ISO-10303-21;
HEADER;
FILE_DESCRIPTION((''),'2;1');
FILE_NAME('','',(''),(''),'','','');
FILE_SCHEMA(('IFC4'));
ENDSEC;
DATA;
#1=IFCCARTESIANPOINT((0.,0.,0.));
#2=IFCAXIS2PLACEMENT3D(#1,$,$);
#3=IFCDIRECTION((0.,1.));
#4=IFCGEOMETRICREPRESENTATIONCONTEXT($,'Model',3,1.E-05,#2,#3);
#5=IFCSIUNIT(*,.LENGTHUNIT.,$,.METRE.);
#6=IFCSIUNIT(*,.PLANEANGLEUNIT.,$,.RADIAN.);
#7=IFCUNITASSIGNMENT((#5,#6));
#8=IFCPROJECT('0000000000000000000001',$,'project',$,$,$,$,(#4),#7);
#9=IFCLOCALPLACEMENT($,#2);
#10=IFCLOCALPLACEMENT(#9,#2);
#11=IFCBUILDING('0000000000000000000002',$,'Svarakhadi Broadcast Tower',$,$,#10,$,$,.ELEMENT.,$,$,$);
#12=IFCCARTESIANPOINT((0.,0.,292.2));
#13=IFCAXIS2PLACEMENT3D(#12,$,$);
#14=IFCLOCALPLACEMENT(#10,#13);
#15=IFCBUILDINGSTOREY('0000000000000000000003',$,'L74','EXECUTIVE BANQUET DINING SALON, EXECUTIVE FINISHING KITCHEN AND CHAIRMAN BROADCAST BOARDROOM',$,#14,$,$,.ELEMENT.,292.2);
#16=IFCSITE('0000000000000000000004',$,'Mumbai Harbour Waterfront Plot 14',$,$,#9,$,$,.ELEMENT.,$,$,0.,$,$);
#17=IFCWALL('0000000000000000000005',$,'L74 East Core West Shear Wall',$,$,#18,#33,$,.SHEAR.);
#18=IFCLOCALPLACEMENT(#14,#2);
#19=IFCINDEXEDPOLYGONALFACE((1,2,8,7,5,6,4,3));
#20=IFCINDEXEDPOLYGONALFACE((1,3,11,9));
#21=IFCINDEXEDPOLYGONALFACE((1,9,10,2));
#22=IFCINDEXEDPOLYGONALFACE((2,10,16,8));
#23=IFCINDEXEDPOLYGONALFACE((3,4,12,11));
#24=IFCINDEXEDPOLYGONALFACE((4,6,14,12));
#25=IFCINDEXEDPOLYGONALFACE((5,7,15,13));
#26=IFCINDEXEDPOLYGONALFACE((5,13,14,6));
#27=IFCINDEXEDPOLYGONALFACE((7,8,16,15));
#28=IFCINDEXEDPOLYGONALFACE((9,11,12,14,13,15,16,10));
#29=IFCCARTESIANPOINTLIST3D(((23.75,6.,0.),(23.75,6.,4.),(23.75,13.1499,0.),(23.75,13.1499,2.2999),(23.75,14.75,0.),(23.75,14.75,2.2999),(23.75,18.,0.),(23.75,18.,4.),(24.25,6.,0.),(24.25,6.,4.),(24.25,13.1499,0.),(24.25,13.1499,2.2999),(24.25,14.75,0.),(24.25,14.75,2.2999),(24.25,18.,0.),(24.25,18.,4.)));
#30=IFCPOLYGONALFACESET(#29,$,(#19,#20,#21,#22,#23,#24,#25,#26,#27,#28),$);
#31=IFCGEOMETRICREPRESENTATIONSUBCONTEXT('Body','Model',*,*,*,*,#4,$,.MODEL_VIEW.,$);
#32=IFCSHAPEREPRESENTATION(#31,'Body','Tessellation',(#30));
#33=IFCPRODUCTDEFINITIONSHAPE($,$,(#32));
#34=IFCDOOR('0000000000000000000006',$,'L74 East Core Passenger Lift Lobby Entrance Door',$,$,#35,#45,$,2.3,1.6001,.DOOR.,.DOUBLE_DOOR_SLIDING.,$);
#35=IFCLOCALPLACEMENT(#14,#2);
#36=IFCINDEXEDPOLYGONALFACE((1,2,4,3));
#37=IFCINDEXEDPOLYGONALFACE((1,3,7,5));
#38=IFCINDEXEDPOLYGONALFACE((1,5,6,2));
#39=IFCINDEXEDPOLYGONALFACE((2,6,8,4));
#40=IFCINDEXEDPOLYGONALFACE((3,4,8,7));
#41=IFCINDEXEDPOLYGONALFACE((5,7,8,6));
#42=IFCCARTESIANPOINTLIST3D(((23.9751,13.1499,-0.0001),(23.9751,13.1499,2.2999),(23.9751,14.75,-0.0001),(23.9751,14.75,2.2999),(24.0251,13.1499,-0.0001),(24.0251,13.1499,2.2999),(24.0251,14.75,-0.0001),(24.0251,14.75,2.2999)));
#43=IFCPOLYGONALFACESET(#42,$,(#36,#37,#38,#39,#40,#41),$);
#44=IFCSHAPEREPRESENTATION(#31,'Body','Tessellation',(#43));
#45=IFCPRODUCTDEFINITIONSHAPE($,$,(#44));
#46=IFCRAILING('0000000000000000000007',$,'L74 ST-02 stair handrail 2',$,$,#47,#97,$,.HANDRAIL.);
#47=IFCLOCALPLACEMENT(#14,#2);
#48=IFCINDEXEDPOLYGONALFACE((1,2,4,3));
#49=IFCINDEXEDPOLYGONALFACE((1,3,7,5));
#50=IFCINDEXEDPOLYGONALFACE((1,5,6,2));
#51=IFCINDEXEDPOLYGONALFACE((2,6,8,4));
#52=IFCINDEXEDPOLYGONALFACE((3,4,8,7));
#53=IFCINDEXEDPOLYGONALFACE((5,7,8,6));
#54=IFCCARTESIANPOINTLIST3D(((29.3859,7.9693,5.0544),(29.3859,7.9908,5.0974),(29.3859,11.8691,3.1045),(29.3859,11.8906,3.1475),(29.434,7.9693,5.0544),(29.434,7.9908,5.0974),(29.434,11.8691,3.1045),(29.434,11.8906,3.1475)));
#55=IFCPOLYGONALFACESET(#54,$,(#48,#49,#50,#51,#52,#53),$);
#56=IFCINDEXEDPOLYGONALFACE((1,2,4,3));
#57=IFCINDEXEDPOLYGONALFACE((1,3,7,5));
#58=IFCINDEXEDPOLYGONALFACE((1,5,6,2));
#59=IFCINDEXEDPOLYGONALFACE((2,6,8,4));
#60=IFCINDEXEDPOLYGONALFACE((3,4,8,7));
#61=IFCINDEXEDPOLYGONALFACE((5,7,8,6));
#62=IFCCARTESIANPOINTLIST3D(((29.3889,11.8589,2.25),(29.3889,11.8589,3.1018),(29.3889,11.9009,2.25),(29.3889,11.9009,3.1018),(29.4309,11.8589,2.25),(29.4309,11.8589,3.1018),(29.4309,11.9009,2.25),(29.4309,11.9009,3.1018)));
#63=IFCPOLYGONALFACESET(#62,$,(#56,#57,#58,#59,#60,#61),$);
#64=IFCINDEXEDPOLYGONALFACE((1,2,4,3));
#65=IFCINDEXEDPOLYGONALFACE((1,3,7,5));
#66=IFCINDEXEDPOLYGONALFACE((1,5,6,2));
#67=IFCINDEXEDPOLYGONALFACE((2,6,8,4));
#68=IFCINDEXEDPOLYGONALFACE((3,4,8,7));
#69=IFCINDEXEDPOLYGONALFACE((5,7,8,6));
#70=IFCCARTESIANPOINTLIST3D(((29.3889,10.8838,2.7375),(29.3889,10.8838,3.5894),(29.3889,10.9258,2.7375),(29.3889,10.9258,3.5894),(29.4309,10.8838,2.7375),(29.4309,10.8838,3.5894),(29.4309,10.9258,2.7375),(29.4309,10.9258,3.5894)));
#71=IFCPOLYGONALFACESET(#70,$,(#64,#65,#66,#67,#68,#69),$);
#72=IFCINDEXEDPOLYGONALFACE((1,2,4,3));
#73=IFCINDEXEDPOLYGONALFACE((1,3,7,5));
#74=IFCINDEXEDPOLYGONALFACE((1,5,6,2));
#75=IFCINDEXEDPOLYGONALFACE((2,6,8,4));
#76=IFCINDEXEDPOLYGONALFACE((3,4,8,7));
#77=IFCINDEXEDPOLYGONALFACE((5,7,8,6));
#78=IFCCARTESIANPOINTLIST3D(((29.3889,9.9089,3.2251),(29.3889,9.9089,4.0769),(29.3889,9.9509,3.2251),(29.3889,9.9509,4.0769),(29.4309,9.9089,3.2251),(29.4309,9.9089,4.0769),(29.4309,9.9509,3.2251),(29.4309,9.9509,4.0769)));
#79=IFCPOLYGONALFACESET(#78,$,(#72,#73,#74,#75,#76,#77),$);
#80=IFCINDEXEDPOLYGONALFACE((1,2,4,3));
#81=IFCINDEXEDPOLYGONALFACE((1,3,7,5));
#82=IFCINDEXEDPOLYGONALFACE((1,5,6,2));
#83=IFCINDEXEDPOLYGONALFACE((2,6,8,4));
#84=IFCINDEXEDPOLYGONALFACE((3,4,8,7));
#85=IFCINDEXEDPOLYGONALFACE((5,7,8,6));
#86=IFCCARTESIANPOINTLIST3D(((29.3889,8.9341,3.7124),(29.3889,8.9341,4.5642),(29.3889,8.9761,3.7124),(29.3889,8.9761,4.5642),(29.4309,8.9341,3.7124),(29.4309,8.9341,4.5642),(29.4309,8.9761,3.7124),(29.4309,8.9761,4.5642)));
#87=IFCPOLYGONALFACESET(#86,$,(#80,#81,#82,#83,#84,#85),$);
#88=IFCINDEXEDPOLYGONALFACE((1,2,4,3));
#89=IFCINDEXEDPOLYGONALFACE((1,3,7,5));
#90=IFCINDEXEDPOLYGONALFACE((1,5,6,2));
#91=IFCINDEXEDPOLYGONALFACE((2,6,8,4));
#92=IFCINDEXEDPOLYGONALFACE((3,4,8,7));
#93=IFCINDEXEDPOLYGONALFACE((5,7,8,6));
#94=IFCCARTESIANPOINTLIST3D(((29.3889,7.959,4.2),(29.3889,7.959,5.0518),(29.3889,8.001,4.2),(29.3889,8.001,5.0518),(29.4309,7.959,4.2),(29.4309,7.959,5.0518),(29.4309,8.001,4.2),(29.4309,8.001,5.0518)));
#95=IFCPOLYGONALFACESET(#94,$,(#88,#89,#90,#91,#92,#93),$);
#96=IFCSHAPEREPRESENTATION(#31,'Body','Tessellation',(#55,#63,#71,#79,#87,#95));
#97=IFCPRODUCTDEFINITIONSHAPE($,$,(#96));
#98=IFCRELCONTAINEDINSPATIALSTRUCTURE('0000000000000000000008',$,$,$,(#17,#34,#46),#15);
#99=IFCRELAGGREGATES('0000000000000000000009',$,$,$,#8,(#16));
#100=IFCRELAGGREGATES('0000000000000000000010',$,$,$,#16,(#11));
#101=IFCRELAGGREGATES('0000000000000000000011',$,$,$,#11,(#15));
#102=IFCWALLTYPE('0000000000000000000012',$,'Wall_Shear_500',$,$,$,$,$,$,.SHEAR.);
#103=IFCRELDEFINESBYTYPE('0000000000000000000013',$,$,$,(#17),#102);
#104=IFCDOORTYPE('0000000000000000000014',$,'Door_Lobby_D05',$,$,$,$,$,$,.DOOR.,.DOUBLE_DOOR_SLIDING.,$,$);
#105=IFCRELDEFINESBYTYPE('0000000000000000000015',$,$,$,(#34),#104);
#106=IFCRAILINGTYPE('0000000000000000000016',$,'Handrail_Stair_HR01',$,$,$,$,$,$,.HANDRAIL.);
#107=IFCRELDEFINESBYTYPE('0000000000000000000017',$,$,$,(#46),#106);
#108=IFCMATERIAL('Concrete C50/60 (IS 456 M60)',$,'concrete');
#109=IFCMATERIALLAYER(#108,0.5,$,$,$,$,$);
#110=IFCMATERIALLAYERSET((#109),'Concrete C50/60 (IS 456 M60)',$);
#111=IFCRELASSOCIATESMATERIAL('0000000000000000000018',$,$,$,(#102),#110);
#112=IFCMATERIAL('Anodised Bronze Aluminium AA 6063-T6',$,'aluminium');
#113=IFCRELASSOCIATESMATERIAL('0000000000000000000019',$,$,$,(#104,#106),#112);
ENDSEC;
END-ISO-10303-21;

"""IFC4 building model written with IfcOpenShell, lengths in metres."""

from ifc_helpers import new_model, si_unit, direction, frame, frame_2d, origin, origin_2d, place, context, subcontext, project, spatial, rectangle, extrude, material, layer, layer_set, type_object, element, fill, save


model = new_model("IFC4")

# Units and contexts
model_context = context("Model", 3, precision=1e-05, world=origin(), true_north=direction((0.0, 1.0)))
body_context = subcontext(model_context, "Body", "Model", "MODEL_VIEW")
ifc_project = project(units=[si_unit("LENGTHUNIT", "METRE"), si_unit("PLANEANGLEUNIT", "RADIAN")], contexts=[model_context])

# Site, building, storey
site_placement = place(None, origin())
site = spatial("IfcSite", under=ifc_project, at=site_placement, Name="Mumbai Harbour Waterfront Plot 14", CompositionType="ELEMENT", RefElevation=0.0)
building_placement = place(site_placement, origin())
building = spatial("IfcBuilding", under=site, at=building_placement, Name="Svarakhadi Broadcast Tower", CompositionType="ELEMENT")
storey_placement = place(building_placement, frame((0.0, 0.0, 292.2)))
storey = spatial("IfcBuildingStorey", under=building, at=storey_placement, Name="L74", Description="EXECUTIVE BANQUET DINING SALON, EXECUTIVE FINISHING KITCHEN AND CHAIRMAN BROADCAST BOARDROOM", CompositionType="ELEMENT", Elevation=292.2)

# Shared definitions
ifc_material_1 = material(Name="Concrete C50/60 (IS 456 M60)", Category="concrete")

# Shared definitions
ifc_material_2 = material(Name="Anodised Bronze Aluminium AA 6063-T6", Category="aluminium")

# Shared definitions
ifc_layer_1 = layer(ifc_material_1, 0.5)
ifc_layer_set_1 = layer_set([ifc_layer_1], Name="Concrete C50/60 (IS 456 M60)")
wall_type_1 = type_object("IfcWallType", Name="Wall_Shear_500", PredefinedType="SHEAR", material=ifc_layer_set_1)

# Wall, opening, door
wall_1_placement = place(storey_placement, frame((24.0, 6.0, 0.0), z_axis=(0.0, 0.0, 1.0), x_axis=(0.0, 1.0, 0.0)))
wall_1 = element("IfcWall", 1, at=wall_1_placement, inside=storey, type_object=wall_type_1, Name="L74 East Core West Shear Wall", PredefinedType="SHEAR", context=body_context, shape_type="SweptSolid", body=[
    extrude(rectangle(XDim=12.0, YDim=0.5, at=frame_2d((6.0, 0.0))), origin(), (0.0, 0.0, 1.0), 4.0),
])
opening_1_placement = place(wall_1_placement, frame((7.1499, 0.0, 0.0)))
opening_1 = element("IfcOpeningElement", 2, at=opening_1_placement, cuts=wall_1, PredefinedType="OPENING", context=body_context, shape_type="SweptSolid", body=[
    extrude(rectangle(XDim=1.6001, YDim=2.3, at=frame_2d((0.8, 1.1499))), frame((0.0, 0.26, 0.0), z_axis=(0.0, -1.0, 0.0), x_axis=(1.0, 0.0, 0.0)), (0.0, 0.0, 1.0), 0.52),
])
door_type_1 = type_object("IfcDoorType", Name="Door_Lobby_D05", OperationType="DOUBLE_DOOR_SLIDING", PredefinedType="DOOR", material=ifc_material_2)
door_1_placement = place(opening_1_placement, origin())
door_1 = element("IfcDoor", 3, at=door_1_placement, inside=storey, type_object=door_type_1, Name="L74 East Core Passenger Lift Lobby Entrance Door", OperationType="DOUBLE_DOOR_SLIDING", OverallHeight=2.3, OverallWidth=1.6001, PredefinedType="DOOR", context=body_context, shape_type="SweptSolid", body=[
    extrude(rectangle(XDim=1.6001, YDim=2.3, at=frame_2d((0.8, 1.1499))), frame((0.0, 0.0249, 0.0), z_axis=(0.0, -1.0, 0.0), x_axis=(1.0, 0.0, 0.0)), (0.0, 0.0, 1.0), 0.05),
])
fill(opening_1, door_1)

# Railing
railing_type = type_object("IfcRailingType", Name="Handrail_Stair_HR01", PredefinedType="HANDRAIL", material=ifc_material_2)
railing_placement = place(storey_placement, frame((29.4099, 11.8799, 2.25)))
element("IfcRailing", 4, at=railing_placement, inside=storey, type_object=railing_type, Name="L74 ST-02 stair handrail 2", PredefinedType="HANDRAIL", context=body_context, shape_type="SweptSolid", body=[
    extrude(rectangle(XDim=0.0481, YDim=0.0481, at=origin_2d()), frame((0.0, 0.0, 0.876), z_axis=(0.0, -0.894427, 0.447214), x_axis=(1.0, 0.0, 0.0)), (0.0, 0.0, 1.0), 4.3601),
    extrude(rectangle(XDim=0.042, YDim=0.042, at=origin_2d()), origin(), (0.0, 0.0, 1.0), 0.8518),
    extrude(rectangle(XDim=0.042, YDim=0.042, at=origin_2d()), frame((0.0, -0.9751, 0.4875)), (0.0, 0.0, 1.0), 0.8518),
    extrude(rectangle(XDim=0.042, YDim=0.042, at=origin_2d()), frame((0.0, -1.95, 0.9751)), (0.0, 0.0, 1.0), 0.8518),
    extrude(rectangle(XDim=0.042, YDim=0.042, at=origin_2d()), frame((0.0, -2.9248, 1.4624)), (0.0, 0.0, 1.0), 0.8518),
    extrude(rectangle(XDim=0.042, YDim=0.042, at=origin_2d()), frame((0.0, -3.8999, 1.95)), (0.0, 0.0, 1.0), 0.8518),
])

save(model, "model.ifc")
